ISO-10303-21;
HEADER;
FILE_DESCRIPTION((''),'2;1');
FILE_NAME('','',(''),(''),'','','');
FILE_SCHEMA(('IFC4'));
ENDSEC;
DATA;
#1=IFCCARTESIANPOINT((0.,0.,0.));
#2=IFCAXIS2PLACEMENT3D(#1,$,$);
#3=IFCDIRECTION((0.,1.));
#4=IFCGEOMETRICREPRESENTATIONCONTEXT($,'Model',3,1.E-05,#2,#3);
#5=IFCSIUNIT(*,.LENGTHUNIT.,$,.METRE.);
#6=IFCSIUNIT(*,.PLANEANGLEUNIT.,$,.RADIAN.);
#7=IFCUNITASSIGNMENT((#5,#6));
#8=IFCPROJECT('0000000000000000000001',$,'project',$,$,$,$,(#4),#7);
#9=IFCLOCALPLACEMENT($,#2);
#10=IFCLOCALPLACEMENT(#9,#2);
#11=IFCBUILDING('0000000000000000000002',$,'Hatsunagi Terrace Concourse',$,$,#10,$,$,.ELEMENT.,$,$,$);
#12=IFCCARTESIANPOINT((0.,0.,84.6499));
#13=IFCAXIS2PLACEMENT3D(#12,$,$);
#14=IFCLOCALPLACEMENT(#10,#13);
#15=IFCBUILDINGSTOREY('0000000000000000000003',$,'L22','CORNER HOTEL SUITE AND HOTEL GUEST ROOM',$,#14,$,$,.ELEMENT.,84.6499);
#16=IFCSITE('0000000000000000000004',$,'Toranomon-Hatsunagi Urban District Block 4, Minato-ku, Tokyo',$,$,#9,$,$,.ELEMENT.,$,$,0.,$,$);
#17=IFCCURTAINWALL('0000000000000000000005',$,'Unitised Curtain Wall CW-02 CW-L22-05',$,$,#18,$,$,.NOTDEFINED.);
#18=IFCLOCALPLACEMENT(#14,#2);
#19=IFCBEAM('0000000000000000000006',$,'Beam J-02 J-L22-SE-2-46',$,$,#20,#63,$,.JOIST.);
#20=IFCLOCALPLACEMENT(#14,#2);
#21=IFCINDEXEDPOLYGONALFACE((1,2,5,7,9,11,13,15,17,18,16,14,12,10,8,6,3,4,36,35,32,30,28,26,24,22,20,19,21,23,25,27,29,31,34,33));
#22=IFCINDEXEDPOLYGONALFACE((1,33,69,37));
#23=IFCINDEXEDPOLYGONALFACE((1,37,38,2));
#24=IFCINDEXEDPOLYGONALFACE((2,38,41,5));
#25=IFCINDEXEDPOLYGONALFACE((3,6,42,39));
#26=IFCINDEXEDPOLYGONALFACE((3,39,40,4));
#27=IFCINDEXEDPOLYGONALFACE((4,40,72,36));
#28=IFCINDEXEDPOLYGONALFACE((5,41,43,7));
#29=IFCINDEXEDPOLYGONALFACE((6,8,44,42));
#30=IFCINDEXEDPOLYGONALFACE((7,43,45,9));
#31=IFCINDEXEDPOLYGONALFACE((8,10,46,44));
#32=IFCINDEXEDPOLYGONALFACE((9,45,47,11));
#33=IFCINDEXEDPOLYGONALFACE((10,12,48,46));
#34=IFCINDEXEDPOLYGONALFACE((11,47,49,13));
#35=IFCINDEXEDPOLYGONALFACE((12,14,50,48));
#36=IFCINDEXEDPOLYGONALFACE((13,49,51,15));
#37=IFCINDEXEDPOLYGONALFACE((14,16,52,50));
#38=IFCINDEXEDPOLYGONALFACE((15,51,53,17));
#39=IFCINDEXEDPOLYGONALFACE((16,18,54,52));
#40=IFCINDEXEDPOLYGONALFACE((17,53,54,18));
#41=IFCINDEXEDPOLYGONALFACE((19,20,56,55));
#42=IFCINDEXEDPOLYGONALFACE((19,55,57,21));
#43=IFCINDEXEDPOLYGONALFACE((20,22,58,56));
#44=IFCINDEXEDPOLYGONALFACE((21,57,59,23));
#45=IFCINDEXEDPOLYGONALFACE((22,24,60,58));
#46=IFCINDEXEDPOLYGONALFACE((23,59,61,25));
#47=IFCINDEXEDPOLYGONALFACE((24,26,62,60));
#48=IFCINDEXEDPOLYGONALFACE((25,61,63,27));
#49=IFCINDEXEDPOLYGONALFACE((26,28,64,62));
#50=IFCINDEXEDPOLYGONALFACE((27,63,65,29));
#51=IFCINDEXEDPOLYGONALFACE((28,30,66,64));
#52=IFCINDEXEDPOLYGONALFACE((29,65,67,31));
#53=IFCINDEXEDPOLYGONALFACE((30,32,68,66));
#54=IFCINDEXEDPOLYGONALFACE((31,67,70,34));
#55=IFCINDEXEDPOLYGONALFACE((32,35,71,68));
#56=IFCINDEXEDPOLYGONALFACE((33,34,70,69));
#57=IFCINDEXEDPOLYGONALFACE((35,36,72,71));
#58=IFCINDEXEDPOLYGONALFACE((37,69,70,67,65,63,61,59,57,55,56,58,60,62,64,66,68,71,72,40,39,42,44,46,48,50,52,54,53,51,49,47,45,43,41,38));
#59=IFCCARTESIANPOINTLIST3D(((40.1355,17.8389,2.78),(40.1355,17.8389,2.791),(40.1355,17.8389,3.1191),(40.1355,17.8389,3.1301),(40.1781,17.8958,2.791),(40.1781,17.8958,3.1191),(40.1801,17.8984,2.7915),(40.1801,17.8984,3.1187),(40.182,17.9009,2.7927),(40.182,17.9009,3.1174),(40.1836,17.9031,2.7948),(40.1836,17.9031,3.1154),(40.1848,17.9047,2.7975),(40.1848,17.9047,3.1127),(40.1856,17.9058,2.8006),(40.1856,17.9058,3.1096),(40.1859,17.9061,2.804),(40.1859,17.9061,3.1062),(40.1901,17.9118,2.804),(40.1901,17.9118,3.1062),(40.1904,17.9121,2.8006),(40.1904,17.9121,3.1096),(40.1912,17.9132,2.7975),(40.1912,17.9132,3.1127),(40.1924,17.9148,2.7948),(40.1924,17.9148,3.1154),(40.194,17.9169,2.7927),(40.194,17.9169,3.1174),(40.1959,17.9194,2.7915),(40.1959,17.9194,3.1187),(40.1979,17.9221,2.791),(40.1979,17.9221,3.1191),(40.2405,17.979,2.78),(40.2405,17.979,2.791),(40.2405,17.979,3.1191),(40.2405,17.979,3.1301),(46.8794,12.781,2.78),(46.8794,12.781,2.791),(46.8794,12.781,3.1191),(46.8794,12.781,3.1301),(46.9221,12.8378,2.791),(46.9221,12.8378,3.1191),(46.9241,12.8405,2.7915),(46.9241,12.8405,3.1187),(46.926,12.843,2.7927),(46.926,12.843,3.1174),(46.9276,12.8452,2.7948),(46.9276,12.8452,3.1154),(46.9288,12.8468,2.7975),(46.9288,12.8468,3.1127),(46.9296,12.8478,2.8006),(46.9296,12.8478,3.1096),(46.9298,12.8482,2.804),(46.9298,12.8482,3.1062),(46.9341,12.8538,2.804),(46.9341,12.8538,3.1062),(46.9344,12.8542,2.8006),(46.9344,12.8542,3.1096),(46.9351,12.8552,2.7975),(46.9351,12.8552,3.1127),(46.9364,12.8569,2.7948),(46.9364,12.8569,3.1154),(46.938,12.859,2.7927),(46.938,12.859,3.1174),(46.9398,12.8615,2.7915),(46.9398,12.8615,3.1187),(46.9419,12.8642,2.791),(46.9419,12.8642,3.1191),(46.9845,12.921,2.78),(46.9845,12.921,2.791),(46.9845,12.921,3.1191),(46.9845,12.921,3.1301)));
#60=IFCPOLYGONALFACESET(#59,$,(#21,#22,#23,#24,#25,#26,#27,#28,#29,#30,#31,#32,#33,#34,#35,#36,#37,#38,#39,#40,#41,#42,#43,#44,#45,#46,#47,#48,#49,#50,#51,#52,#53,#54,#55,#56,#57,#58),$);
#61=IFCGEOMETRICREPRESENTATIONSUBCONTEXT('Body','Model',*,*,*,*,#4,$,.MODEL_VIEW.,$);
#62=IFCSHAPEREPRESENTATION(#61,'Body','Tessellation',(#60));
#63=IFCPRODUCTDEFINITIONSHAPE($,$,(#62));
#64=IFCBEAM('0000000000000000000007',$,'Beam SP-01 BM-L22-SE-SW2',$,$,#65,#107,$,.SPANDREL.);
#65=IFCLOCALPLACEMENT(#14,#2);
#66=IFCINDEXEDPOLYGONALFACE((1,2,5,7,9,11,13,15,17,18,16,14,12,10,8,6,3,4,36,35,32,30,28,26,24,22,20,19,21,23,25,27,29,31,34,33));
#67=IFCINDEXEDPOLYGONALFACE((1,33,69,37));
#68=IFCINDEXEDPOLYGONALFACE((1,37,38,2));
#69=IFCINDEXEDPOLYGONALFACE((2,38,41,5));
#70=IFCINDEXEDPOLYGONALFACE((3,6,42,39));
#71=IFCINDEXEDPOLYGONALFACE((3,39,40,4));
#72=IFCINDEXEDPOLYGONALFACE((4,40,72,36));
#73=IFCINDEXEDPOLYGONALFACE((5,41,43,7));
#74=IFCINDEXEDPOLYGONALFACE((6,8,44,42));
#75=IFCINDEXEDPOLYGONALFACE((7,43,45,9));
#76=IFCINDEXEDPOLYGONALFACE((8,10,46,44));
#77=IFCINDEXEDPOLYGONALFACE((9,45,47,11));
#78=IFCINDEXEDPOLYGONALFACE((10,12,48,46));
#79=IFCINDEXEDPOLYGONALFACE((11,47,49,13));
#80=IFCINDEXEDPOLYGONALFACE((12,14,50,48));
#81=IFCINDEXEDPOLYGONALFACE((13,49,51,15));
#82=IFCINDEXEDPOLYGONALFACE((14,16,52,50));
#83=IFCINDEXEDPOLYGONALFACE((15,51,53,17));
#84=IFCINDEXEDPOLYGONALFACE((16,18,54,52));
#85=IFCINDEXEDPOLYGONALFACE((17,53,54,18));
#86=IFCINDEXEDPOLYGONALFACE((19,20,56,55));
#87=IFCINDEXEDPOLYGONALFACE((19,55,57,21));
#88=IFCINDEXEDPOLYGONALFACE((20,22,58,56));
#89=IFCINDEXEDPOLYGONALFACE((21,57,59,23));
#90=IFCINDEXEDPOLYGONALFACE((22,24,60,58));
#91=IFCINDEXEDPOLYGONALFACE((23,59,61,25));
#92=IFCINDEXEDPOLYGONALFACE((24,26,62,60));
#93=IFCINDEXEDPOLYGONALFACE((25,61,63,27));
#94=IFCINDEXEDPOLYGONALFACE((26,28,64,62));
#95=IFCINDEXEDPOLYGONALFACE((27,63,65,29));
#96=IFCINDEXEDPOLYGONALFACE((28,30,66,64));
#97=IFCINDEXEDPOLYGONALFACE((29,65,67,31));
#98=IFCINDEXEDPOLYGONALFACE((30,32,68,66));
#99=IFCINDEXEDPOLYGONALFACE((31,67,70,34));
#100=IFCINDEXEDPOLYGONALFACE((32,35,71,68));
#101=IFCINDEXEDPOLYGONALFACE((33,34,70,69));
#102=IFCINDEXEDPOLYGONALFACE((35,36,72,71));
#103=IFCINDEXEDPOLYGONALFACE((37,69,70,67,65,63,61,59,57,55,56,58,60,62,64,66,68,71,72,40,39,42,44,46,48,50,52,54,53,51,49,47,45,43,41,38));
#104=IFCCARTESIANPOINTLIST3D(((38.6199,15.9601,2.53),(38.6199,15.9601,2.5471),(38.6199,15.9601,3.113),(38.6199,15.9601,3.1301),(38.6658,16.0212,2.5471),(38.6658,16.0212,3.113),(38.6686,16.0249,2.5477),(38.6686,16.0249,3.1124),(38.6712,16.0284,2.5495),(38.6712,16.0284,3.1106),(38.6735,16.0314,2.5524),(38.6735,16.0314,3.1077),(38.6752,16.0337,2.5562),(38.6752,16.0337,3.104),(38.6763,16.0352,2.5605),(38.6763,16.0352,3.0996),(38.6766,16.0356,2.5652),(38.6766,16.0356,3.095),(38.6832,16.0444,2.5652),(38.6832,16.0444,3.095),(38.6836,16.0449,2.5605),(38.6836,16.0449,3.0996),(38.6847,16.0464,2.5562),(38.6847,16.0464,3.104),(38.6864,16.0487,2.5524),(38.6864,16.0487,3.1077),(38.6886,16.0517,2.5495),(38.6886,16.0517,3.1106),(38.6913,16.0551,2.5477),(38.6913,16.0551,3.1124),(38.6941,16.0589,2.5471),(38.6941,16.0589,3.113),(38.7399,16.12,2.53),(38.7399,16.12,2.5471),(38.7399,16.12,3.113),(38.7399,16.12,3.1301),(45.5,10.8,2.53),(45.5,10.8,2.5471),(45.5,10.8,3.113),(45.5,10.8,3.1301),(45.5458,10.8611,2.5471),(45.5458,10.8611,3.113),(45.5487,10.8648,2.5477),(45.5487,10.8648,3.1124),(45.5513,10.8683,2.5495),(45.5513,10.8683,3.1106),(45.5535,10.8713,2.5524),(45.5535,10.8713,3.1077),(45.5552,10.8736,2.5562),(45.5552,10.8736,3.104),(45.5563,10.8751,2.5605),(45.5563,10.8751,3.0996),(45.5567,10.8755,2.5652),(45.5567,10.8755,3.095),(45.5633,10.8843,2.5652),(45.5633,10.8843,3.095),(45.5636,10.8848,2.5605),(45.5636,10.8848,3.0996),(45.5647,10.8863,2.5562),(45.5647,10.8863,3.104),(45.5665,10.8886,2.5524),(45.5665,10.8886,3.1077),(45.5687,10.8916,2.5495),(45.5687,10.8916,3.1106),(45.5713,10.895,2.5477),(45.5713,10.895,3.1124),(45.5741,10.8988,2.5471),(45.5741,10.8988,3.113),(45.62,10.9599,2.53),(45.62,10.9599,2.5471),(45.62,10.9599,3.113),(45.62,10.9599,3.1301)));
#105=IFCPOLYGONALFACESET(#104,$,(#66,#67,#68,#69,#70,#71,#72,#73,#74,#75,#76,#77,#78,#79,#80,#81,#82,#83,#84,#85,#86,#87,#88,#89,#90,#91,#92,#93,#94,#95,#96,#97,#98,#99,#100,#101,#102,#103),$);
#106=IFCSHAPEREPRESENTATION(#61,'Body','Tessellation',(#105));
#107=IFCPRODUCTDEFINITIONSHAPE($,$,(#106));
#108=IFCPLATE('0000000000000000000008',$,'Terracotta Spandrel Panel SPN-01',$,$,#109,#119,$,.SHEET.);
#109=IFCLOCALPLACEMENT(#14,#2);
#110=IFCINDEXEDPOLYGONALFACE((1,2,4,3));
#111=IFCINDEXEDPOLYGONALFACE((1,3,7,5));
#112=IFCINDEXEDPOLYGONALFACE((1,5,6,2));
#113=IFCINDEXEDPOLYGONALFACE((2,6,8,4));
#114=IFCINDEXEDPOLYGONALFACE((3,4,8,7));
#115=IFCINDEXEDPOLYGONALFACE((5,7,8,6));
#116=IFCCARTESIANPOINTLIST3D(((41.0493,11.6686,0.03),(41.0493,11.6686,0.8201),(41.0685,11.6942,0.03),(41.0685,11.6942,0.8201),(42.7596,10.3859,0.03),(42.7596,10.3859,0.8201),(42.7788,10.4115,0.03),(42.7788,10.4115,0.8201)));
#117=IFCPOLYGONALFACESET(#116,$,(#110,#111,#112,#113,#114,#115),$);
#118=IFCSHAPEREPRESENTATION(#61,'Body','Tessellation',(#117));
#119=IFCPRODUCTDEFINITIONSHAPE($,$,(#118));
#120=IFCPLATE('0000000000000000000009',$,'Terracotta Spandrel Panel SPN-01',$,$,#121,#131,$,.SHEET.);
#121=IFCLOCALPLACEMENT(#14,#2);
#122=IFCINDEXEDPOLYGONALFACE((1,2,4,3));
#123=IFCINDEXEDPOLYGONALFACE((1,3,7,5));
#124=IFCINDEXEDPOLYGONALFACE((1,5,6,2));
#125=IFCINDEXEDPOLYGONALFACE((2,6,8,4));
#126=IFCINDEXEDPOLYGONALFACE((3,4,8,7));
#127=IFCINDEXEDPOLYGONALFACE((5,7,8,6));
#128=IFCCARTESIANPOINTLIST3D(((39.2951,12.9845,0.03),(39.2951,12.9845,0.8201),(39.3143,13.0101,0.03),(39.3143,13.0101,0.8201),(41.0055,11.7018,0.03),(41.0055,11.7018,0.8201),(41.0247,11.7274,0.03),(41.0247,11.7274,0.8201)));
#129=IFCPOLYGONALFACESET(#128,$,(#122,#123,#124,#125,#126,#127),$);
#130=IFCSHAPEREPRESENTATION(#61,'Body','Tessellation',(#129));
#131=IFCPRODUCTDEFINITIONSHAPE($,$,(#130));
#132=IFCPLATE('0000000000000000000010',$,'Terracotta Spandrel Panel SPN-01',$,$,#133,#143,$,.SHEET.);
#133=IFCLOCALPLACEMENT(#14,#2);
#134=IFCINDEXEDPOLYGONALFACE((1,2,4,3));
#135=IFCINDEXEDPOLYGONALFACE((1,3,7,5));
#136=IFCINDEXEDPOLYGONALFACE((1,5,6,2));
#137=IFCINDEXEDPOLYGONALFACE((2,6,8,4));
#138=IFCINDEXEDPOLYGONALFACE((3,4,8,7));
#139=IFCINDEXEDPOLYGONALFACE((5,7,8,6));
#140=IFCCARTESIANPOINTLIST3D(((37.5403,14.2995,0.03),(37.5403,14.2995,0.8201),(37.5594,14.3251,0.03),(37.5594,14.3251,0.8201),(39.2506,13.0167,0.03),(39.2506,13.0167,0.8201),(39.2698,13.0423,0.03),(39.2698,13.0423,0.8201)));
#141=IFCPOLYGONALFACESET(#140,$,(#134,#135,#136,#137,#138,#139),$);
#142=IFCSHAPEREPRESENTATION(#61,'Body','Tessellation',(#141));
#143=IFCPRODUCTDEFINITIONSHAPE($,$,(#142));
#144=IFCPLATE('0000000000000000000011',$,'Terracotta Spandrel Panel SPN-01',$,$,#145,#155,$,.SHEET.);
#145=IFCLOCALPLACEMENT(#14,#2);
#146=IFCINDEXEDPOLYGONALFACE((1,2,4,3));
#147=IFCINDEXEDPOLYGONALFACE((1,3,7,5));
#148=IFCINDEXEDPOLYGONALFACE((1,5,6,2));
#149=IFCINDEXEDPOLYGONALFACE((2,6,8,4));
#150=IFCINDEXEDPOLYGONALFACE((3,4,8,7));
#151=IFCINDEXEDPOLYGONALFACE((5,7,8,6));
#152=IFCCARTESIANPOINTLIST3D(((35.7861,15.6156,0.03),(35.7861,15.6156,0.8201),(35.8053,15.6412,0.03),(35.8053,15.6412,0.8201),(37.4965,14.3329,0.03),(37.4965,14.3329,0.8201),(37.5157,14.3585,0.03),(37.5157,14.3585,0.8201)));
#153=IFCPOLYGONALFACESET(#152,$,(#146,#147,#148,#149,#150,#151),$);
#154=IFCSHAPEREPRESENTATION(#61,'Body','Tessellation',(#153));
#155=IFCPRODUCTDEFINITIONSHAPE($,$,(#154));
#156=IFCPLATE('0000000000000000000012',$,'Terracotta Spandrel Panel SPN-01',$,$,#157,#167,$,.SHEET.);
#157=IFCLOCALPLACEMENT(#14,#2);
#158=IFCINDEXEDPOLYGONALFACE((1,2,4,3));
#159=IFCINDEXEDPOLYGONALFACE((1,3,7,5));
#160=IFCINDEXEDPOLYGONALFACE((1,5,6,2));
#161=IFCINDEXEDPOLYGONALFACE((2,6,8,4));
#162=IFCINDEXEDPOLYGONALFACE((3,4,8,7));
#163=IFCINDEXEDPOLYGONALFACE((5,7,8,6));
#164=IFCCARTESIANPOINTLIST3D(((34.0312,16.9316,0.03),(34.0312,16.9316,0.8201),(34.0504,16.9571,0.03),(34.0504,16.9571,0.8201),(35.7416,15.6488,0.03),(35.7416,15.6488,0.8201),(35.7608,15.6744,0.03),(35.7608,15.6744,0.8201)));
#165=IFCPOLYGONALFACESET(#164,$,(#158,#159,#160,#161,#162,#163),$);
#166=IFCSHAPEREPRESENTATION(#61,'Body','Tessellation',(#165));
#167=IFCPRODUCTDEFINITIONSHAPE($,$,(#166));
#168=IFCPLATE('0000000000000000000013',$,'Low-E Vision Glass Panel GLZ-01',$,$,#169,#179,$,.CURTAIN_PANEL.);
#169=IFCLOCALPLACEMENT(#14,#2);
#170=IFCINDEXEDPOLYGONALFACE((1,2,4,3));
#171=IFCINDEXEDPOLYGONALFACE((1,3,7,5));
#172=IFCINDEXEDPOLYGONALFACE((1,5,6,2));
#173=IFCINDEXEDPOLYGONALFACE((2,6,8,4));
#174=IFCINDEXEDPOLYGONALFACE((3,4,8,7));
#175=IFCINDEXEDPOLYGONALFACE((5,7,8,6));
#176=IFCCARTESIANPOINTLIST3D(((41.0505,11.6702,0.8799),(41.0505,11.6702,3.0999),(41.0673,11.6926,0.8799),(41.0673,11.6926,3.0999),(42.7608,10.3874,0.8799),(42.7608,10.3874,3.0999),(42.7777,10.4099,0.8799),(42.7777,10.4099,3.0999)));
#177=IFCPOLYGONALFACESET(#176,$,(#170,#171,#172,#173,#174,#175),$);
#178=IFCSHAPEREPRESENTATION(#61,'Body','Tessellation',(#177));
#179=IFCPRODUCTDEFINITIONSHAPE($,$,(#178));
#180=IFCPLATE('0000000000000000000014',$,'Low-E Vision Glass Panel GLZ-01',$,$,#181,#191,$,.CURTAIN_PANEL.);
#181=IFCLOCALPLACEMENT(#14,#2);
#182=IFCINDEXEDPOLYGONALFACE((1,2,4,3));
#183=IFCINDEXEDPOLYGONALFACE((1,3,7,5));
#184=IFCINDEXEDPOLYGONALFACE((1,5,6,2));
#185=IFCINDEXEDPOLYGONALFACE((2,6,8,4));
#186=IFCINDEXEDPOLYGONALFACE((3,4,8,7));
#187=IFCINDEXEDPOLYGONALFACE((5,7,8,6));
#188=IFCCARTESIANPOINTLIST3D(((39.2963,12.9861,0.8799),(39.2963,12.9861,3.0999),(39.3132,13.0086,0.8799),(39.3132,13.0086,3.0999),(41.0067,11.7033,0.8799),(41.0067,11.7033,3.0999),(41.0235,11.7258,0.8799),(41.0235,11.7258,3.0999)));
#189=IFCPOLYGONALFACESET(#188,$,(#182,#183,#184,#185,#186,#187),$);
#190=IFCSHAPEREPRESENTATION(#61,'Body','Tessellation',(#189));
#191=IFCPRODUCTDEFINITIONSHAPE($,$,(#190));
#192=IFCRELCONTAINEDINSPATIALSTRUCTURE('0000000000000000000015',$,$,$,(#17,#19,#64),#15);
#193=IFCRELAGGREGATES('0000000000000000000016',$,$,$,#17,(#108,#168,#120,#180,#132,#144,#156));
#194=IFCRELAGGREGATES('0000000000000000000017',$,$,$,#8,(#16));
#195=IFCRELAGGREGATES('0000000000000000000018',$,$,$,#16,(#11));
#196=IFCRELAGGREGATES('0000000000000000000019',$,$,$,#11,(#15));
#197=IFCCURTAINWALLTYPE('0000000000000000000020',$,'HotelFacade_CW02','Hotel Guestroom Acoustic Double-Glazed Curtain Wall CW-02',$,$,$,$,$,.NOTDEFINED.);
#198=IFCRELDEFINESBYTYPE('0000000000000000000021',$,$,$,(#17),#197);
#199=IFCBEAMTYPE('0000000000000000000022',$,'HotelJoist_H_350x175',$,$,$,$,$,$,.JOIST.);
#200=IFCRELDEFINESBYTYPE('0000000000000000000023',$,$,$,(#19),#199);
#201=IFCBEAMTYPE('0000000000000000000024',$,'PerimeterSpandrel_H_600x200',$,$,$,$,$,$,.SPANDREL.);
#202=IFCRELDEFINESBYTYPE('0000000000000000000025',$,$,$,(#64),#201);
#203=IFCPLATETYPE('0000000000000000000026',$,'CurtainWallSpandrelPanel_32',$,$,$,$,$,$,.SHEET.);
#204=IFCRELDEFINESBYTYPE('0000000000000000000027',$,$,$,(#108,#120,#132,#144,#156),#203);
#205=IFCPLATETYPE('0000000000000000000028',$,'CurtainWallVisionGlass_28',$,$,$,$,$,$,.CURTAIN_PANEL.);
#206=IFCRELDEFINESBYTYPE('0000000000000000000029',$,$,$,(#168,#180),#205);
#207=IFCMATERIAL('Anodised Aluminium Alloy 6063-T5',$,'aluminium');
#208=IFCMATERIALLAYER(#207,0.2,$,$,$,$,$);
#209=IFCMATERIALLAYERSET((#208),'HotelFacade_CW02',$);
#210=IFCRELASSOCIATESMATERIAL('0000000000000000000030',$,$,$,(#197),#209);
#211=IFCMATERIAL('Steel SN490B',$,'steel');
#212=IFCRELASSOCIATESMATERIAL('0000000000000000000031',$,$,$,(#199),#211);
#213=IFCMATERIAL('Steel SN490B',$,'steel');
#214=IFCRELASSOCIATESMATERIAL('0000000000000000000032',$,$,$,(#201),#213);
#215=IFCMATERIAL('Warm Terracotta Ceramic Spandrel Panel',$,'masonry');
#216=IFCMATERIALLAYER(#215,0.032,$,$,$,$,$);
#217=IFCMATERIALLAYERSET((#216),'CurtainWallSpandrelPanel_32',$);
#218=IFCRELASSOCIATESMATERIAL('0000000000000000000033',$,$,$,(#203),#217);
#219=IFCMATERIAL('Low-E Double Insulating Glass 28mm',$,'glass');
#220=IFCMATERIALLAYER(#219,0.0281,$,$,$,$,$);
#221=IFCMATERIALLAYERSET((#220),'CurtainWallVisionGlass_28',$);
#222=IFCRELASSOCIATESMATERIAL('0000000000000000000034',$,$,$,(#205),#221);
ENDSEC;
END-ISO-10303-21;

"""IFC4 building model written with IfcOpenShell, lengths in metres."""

from ifc_helpers import new_model, si_unit, direction, frame, origin, origin_2d, place, context, subcontext, project, spatial, rectangle, i_section, extrude, material, layer, layer_set, material_profile, profile_set, type_object, element, aggregate, save


model = new_model("IFC4")

# Units and contexts
model_context = context("Model", 3, precision=1e-05, world=origin(), true_north=direction((0.0, 1.0)))
body_context = subcontext(model_context, "Body", "Model", "MODEL_VIEW")
ifc_project = project(units=[si_unit("LENGTHUNIT", "METRE"), si_unit("PLANEANGLEUNIT", "RADIAN")], contexts=[model_context])

# Site, building, storey
site_placement = place(None, origin())
site = spatial("IfcSite", under=ifc_project, at=site_placement, Name="Toranomon-Hatsunagi Urban District Block 4, Minato-ku, Tokyo", CompositionType="ELEMENT", RefElevation=0.0)
building_placement = place(site_placement, origin())
building = spatial("IfcBuilding", under=site, at=building_placement, Name="Hatsunagi Terrace Concourse", CompositionType="ELEMENT")
storey_placement = place(building_placement, frame((0.0, 0.0, 84.6499)))
storey = spatial("IfcBuildingStorey", under=building, at=storey_placement, Name="L22", Description="CORNER HOTEL SUITE AND HOTEL GUEST ROOM", CompositionType="ELEMENT", Elevation=84.6499)

# Curtain wall
ifc_material_1 = material(Name="Anodised Aluminium Alloy 6063-T5", Category="aluminium")
ifc_layer_1 = layer(ifc_material_1, 0.2)
ifc_layer_set_1 = layer_set([ifc_layer_1], Name="HotelFacade_CW02")
curtain_wall_type = type_object("IfcCurtainWallType", Name="HotelFacade_CW02", Description="Hotel Guestroom Acoustic Double-Glazed Curtain Wall CW-02", PredefinedType="NOTDEFINED", material=ifc_layer_set_1)
curtain_wall_placement = place(storey_placement, origin())
curtain_wall = element("IfcCurtainWall", 1, at=curtain_wall_placement, inside=storey, type_object=curtain_wall_type, Name="Unitised Curtain Wall CW-02 CW-L22-05", PredefinedType="NOTDEFINED")

# Beams
ifc_material_2 = material(Name="Steel SN490B", Category="steel")
ifc_material_profile_1 = material_profile(ifc_material_2, i_section(OverallWidth=0.175, OverallDepth=0.3501, WebThickness=0.0071, FlangeThickness=0.011, FilletRadius=0.0129, at=origin_2d()), Name="H-350x175x7x11")
ifc_profile_set_1 = profile_set([ifc_material_profile_1], Name="Steel SN490B")
beam_type_1 = type_object("IfcBeamType", Name="HotelJoist_H_350x175", PredefinedType="JOIST", material=ifc_profile_set_1)
beam_1_placement = place(storey_placement, frame((40.188, 17.9089, 2.9551), z_axis=(0.800003, -0.599995, 0.0), x_axis=(0.599995, 0.800003, 0.0)))
element("IfcBeam", 2, at=beam_1_placement, inside=storey, type_object=beam_type_1, Name="Beam J-02 J-L22-SE-2-46", PredefinedType="JOIST", context=body_context, shape_type="SweptSolid", body=[
    extrude(i_section(OverallWidth=0.175, OverallDepth=0.3501, WebThickness=0.0071, FlangeThickness=0.011, FilletRadius=0.0129, at=origin_2d()), origin(), (0.0, 0.0, 1.0), 8.4299),
])
ifc_material_3 = material(Name="Steel SN490B", Category="steel")
ifc_material_profile_2 = material_profile(ifc_material_3, i_section(OverallWidth=0.2, OverallDepth=0.6001, WebThickness=0.011, FlangeThickness=0.0171, FilletRadius=0.0181, at=origin_2d()), Name="H-600x200x11x17")
ifc_profile_set_2 = profile_set([ifc_material_profile_2], Name="Steel SN490B")
beam_type_2 = type_object("IfcBeamType", Name="PerimeterSpandrel_H_600x200", PredefinedType="SPANDREL", material=ifc_profile_set_2)
beam_2_placement = place(storey_placement, frame((38.6799, 16.04, 2.8301), z_axis=(0.799997, -0.600005, 0.0), x_axis=(0.600005, 0.799997, 0.0)))
element("IfcBeam", 3, at=beam_2_placement, inside=storey, type_object=beam_type_2, Name="Beam SP-01 BM-L22-SE-SW2", PredefinedType="SPANDREL", context=body_context, shape_type="SweptSolid", body=[
    extrude(i_section(OverallWidth=0.2, OverallDepth=0.6001, WebThickness=0.011, FlangeThickness=0.0171, FilletRadius=0.0181, at=origin_2d()), origin(), (0.0, 0.0, 1.0), 8.6001),
])

# Plates
ifc_material_4 = material(Name="Warm Terracotta Ceramic Spandrel Panel", Category="masonry")
ifc_layer_2 = layer(ifc_material_4, 0.032)
ifc_layer_set_2 = layer_set([ifc_layer_2], Name="CurtainWallSpandrelPanel_32")
plate_type_1 = type_object("IfcPlateType", Name="CurtainWallSpandrelPanel_32", PredefinedType="SHEET", material=ifc_layer_set_2)
plate_1_placement = place(storey_placement, frame((41.9141, 11.04, 0.03), z_axis=(0.0, 0.0, 1.0), x_axis=(-0.800003, 0.599996, 0.0)))
plate_1 = element("IfcPlate", 4, at=plate_1_placement, type_object=plate_type_1, Name="Terracotta Spandrel Panel SPN-01", PredefinedType="SHEET", context=body_context, shape_type="SweptSolid", body=[
    extrude(rectangle(XDim=2.1379, YDim=0.032, at=origin_2d()), origin(), (0.0, 0.0, 1.0), 0.79),
])
plate_2_placement = place(storey_placement, frame((40.1599, 12.356, 0.03), z_axis=(0.0, 0.0, 1.0), x_axis=(-0.800003, 0.599996, 0.0)))
plate_2 = element("IfcPlate", 5, at=plate_2_placement, type_object=plate_type_1, Name="Terracotta Spandrel Panel SPN-01", PredefinedType="SHEET", context=body_context, shape_type="SweptSolid", body=[
    extrude(rectangle(XDim=2.1379, YDim=0.032, at=origin_2d()), origin(), (0.0, 0.0, 1.0), 0.79),
])
plate_3_placement = place(storey_placement, frame((38.405, 13.6709, 0.03), z_axis=(0.0, 0.0, 1.0), x_axis=(-0.800003, 0.599996, 0.0)))
plate_3 = element("IfcPlate", 6, at=plate_3_placement, type_object=plate_type_1, Name="Terracotta Spandrel Panel SPN-01", PredefinedType="SHEET", context=body_context, shape_type="SweptSolid", body=[
    extrude(rectangle(XDim=2.1379, YDim=0.032, at=origin_2d()), origin(), (0.0, 0.0, 1.0), 0.79),
])
plate_4_placement = place(storey_placement, frame((36.6509, 14.9871, 0.03), z_axis=(0.0, 0.0, 1.0), x_axis=(-0.800003, 0.599996, 0.0)))
plate_4 = element("IfcPlate", 7, at=plate_4_placement, type_object=plate_type_1, Name="Terracotta Spandrel Panel SPN-01", PredefinedType="SHEET", context=body_context, shape_type="SweptSolid", body=[
    extrude(rectangle(XDim=2.1379, YDim=0.032, at=origin_2d()), origin(), (0.0, 0.0, 1.0), 0.79),
])
plate_5_placement = place(storey_placement, frame((34.896, 16.303, 0.03), z_axis=(0.0, 0.0, 1.0), x_axis=(-0.800003, 0.599996, 0.0)))
plate_5 = element("IfcPlate", 8, at=plate_5_placement, type_object=plate_type_1, Name="Terracotta Spandrel Panel SPN-01", PredefinedType="SHEET", context=body_context, shape_type="SweptSolid", body=[
    extrude(rectangle(XDim=2.1379, YDim=0.032, at=origin_2d()), origin(), (0.0, 0.0, 1.0), 0.79),
])
ifc_material_5 = material(Name="Low-E Double Insulating Glass 28mm", Category="glass")
ifc_layer_3 = layer(ifc_material_5, 0.0281)
ifc_layer_set_3 = layer_set([ifc_layer_3], Name="CurtainWallVisionGlass_28")
plate_type_2 = type_object("IfcPlateType", Name="CurtainWallVisionGlass_28", PredefinedType="CURTAIN_PANEL", material=ifc_layer_set_3)
plate_6_placement = place(storey_placement, frame((41.9141, 11.04, 0.8799), z_axis=(0.0, 0.0, 1.0), x_axis=(-0.800003, 0.599996, 0.0)))
plate_6 = element("IfcPlate", 9, at=plate_6_placement, type_object=plate_type_2, Name="Low-E Vision Glass Panel GLZ-01", PredefinedType="CURTAIN_PANEL", context=body_context, shape_type="SweptSolid", body=[
    extrude(rectangle(XDim=2.1379, YDim=0.0281, at=origin_2d()), origin(), (0.0, 0.0, 1.0), 2.22),
])
plate_7_placement = place(storey_placement, frame((40.1599, 12.356, 0.8799), z_axis=(0.0, 0.0, 1.0), x_axis=(-0.800003, 0.599996, 0.0)))
plate_7 = element("IfcPlate", 10, at=plate_7_placement, type_object=plate_type_2, Name="Low-E Vision Glass Panel GLZ-01", PredefinedType="CURTAIN_PANEL", context=body_context, shape_type="SweptSolid", body=[
    extrude(rectangle(XDim=2.1379, YDim=0.0281, at=origin_2d()), origin(), (0.0, 0.0, 1.0), 2.22),
])
aggregate(curtain_wall, [plate_1, plate_6, plate_2, plate_7, plate_3, plate_4, plate_5])

save(model, "model.ifc")
